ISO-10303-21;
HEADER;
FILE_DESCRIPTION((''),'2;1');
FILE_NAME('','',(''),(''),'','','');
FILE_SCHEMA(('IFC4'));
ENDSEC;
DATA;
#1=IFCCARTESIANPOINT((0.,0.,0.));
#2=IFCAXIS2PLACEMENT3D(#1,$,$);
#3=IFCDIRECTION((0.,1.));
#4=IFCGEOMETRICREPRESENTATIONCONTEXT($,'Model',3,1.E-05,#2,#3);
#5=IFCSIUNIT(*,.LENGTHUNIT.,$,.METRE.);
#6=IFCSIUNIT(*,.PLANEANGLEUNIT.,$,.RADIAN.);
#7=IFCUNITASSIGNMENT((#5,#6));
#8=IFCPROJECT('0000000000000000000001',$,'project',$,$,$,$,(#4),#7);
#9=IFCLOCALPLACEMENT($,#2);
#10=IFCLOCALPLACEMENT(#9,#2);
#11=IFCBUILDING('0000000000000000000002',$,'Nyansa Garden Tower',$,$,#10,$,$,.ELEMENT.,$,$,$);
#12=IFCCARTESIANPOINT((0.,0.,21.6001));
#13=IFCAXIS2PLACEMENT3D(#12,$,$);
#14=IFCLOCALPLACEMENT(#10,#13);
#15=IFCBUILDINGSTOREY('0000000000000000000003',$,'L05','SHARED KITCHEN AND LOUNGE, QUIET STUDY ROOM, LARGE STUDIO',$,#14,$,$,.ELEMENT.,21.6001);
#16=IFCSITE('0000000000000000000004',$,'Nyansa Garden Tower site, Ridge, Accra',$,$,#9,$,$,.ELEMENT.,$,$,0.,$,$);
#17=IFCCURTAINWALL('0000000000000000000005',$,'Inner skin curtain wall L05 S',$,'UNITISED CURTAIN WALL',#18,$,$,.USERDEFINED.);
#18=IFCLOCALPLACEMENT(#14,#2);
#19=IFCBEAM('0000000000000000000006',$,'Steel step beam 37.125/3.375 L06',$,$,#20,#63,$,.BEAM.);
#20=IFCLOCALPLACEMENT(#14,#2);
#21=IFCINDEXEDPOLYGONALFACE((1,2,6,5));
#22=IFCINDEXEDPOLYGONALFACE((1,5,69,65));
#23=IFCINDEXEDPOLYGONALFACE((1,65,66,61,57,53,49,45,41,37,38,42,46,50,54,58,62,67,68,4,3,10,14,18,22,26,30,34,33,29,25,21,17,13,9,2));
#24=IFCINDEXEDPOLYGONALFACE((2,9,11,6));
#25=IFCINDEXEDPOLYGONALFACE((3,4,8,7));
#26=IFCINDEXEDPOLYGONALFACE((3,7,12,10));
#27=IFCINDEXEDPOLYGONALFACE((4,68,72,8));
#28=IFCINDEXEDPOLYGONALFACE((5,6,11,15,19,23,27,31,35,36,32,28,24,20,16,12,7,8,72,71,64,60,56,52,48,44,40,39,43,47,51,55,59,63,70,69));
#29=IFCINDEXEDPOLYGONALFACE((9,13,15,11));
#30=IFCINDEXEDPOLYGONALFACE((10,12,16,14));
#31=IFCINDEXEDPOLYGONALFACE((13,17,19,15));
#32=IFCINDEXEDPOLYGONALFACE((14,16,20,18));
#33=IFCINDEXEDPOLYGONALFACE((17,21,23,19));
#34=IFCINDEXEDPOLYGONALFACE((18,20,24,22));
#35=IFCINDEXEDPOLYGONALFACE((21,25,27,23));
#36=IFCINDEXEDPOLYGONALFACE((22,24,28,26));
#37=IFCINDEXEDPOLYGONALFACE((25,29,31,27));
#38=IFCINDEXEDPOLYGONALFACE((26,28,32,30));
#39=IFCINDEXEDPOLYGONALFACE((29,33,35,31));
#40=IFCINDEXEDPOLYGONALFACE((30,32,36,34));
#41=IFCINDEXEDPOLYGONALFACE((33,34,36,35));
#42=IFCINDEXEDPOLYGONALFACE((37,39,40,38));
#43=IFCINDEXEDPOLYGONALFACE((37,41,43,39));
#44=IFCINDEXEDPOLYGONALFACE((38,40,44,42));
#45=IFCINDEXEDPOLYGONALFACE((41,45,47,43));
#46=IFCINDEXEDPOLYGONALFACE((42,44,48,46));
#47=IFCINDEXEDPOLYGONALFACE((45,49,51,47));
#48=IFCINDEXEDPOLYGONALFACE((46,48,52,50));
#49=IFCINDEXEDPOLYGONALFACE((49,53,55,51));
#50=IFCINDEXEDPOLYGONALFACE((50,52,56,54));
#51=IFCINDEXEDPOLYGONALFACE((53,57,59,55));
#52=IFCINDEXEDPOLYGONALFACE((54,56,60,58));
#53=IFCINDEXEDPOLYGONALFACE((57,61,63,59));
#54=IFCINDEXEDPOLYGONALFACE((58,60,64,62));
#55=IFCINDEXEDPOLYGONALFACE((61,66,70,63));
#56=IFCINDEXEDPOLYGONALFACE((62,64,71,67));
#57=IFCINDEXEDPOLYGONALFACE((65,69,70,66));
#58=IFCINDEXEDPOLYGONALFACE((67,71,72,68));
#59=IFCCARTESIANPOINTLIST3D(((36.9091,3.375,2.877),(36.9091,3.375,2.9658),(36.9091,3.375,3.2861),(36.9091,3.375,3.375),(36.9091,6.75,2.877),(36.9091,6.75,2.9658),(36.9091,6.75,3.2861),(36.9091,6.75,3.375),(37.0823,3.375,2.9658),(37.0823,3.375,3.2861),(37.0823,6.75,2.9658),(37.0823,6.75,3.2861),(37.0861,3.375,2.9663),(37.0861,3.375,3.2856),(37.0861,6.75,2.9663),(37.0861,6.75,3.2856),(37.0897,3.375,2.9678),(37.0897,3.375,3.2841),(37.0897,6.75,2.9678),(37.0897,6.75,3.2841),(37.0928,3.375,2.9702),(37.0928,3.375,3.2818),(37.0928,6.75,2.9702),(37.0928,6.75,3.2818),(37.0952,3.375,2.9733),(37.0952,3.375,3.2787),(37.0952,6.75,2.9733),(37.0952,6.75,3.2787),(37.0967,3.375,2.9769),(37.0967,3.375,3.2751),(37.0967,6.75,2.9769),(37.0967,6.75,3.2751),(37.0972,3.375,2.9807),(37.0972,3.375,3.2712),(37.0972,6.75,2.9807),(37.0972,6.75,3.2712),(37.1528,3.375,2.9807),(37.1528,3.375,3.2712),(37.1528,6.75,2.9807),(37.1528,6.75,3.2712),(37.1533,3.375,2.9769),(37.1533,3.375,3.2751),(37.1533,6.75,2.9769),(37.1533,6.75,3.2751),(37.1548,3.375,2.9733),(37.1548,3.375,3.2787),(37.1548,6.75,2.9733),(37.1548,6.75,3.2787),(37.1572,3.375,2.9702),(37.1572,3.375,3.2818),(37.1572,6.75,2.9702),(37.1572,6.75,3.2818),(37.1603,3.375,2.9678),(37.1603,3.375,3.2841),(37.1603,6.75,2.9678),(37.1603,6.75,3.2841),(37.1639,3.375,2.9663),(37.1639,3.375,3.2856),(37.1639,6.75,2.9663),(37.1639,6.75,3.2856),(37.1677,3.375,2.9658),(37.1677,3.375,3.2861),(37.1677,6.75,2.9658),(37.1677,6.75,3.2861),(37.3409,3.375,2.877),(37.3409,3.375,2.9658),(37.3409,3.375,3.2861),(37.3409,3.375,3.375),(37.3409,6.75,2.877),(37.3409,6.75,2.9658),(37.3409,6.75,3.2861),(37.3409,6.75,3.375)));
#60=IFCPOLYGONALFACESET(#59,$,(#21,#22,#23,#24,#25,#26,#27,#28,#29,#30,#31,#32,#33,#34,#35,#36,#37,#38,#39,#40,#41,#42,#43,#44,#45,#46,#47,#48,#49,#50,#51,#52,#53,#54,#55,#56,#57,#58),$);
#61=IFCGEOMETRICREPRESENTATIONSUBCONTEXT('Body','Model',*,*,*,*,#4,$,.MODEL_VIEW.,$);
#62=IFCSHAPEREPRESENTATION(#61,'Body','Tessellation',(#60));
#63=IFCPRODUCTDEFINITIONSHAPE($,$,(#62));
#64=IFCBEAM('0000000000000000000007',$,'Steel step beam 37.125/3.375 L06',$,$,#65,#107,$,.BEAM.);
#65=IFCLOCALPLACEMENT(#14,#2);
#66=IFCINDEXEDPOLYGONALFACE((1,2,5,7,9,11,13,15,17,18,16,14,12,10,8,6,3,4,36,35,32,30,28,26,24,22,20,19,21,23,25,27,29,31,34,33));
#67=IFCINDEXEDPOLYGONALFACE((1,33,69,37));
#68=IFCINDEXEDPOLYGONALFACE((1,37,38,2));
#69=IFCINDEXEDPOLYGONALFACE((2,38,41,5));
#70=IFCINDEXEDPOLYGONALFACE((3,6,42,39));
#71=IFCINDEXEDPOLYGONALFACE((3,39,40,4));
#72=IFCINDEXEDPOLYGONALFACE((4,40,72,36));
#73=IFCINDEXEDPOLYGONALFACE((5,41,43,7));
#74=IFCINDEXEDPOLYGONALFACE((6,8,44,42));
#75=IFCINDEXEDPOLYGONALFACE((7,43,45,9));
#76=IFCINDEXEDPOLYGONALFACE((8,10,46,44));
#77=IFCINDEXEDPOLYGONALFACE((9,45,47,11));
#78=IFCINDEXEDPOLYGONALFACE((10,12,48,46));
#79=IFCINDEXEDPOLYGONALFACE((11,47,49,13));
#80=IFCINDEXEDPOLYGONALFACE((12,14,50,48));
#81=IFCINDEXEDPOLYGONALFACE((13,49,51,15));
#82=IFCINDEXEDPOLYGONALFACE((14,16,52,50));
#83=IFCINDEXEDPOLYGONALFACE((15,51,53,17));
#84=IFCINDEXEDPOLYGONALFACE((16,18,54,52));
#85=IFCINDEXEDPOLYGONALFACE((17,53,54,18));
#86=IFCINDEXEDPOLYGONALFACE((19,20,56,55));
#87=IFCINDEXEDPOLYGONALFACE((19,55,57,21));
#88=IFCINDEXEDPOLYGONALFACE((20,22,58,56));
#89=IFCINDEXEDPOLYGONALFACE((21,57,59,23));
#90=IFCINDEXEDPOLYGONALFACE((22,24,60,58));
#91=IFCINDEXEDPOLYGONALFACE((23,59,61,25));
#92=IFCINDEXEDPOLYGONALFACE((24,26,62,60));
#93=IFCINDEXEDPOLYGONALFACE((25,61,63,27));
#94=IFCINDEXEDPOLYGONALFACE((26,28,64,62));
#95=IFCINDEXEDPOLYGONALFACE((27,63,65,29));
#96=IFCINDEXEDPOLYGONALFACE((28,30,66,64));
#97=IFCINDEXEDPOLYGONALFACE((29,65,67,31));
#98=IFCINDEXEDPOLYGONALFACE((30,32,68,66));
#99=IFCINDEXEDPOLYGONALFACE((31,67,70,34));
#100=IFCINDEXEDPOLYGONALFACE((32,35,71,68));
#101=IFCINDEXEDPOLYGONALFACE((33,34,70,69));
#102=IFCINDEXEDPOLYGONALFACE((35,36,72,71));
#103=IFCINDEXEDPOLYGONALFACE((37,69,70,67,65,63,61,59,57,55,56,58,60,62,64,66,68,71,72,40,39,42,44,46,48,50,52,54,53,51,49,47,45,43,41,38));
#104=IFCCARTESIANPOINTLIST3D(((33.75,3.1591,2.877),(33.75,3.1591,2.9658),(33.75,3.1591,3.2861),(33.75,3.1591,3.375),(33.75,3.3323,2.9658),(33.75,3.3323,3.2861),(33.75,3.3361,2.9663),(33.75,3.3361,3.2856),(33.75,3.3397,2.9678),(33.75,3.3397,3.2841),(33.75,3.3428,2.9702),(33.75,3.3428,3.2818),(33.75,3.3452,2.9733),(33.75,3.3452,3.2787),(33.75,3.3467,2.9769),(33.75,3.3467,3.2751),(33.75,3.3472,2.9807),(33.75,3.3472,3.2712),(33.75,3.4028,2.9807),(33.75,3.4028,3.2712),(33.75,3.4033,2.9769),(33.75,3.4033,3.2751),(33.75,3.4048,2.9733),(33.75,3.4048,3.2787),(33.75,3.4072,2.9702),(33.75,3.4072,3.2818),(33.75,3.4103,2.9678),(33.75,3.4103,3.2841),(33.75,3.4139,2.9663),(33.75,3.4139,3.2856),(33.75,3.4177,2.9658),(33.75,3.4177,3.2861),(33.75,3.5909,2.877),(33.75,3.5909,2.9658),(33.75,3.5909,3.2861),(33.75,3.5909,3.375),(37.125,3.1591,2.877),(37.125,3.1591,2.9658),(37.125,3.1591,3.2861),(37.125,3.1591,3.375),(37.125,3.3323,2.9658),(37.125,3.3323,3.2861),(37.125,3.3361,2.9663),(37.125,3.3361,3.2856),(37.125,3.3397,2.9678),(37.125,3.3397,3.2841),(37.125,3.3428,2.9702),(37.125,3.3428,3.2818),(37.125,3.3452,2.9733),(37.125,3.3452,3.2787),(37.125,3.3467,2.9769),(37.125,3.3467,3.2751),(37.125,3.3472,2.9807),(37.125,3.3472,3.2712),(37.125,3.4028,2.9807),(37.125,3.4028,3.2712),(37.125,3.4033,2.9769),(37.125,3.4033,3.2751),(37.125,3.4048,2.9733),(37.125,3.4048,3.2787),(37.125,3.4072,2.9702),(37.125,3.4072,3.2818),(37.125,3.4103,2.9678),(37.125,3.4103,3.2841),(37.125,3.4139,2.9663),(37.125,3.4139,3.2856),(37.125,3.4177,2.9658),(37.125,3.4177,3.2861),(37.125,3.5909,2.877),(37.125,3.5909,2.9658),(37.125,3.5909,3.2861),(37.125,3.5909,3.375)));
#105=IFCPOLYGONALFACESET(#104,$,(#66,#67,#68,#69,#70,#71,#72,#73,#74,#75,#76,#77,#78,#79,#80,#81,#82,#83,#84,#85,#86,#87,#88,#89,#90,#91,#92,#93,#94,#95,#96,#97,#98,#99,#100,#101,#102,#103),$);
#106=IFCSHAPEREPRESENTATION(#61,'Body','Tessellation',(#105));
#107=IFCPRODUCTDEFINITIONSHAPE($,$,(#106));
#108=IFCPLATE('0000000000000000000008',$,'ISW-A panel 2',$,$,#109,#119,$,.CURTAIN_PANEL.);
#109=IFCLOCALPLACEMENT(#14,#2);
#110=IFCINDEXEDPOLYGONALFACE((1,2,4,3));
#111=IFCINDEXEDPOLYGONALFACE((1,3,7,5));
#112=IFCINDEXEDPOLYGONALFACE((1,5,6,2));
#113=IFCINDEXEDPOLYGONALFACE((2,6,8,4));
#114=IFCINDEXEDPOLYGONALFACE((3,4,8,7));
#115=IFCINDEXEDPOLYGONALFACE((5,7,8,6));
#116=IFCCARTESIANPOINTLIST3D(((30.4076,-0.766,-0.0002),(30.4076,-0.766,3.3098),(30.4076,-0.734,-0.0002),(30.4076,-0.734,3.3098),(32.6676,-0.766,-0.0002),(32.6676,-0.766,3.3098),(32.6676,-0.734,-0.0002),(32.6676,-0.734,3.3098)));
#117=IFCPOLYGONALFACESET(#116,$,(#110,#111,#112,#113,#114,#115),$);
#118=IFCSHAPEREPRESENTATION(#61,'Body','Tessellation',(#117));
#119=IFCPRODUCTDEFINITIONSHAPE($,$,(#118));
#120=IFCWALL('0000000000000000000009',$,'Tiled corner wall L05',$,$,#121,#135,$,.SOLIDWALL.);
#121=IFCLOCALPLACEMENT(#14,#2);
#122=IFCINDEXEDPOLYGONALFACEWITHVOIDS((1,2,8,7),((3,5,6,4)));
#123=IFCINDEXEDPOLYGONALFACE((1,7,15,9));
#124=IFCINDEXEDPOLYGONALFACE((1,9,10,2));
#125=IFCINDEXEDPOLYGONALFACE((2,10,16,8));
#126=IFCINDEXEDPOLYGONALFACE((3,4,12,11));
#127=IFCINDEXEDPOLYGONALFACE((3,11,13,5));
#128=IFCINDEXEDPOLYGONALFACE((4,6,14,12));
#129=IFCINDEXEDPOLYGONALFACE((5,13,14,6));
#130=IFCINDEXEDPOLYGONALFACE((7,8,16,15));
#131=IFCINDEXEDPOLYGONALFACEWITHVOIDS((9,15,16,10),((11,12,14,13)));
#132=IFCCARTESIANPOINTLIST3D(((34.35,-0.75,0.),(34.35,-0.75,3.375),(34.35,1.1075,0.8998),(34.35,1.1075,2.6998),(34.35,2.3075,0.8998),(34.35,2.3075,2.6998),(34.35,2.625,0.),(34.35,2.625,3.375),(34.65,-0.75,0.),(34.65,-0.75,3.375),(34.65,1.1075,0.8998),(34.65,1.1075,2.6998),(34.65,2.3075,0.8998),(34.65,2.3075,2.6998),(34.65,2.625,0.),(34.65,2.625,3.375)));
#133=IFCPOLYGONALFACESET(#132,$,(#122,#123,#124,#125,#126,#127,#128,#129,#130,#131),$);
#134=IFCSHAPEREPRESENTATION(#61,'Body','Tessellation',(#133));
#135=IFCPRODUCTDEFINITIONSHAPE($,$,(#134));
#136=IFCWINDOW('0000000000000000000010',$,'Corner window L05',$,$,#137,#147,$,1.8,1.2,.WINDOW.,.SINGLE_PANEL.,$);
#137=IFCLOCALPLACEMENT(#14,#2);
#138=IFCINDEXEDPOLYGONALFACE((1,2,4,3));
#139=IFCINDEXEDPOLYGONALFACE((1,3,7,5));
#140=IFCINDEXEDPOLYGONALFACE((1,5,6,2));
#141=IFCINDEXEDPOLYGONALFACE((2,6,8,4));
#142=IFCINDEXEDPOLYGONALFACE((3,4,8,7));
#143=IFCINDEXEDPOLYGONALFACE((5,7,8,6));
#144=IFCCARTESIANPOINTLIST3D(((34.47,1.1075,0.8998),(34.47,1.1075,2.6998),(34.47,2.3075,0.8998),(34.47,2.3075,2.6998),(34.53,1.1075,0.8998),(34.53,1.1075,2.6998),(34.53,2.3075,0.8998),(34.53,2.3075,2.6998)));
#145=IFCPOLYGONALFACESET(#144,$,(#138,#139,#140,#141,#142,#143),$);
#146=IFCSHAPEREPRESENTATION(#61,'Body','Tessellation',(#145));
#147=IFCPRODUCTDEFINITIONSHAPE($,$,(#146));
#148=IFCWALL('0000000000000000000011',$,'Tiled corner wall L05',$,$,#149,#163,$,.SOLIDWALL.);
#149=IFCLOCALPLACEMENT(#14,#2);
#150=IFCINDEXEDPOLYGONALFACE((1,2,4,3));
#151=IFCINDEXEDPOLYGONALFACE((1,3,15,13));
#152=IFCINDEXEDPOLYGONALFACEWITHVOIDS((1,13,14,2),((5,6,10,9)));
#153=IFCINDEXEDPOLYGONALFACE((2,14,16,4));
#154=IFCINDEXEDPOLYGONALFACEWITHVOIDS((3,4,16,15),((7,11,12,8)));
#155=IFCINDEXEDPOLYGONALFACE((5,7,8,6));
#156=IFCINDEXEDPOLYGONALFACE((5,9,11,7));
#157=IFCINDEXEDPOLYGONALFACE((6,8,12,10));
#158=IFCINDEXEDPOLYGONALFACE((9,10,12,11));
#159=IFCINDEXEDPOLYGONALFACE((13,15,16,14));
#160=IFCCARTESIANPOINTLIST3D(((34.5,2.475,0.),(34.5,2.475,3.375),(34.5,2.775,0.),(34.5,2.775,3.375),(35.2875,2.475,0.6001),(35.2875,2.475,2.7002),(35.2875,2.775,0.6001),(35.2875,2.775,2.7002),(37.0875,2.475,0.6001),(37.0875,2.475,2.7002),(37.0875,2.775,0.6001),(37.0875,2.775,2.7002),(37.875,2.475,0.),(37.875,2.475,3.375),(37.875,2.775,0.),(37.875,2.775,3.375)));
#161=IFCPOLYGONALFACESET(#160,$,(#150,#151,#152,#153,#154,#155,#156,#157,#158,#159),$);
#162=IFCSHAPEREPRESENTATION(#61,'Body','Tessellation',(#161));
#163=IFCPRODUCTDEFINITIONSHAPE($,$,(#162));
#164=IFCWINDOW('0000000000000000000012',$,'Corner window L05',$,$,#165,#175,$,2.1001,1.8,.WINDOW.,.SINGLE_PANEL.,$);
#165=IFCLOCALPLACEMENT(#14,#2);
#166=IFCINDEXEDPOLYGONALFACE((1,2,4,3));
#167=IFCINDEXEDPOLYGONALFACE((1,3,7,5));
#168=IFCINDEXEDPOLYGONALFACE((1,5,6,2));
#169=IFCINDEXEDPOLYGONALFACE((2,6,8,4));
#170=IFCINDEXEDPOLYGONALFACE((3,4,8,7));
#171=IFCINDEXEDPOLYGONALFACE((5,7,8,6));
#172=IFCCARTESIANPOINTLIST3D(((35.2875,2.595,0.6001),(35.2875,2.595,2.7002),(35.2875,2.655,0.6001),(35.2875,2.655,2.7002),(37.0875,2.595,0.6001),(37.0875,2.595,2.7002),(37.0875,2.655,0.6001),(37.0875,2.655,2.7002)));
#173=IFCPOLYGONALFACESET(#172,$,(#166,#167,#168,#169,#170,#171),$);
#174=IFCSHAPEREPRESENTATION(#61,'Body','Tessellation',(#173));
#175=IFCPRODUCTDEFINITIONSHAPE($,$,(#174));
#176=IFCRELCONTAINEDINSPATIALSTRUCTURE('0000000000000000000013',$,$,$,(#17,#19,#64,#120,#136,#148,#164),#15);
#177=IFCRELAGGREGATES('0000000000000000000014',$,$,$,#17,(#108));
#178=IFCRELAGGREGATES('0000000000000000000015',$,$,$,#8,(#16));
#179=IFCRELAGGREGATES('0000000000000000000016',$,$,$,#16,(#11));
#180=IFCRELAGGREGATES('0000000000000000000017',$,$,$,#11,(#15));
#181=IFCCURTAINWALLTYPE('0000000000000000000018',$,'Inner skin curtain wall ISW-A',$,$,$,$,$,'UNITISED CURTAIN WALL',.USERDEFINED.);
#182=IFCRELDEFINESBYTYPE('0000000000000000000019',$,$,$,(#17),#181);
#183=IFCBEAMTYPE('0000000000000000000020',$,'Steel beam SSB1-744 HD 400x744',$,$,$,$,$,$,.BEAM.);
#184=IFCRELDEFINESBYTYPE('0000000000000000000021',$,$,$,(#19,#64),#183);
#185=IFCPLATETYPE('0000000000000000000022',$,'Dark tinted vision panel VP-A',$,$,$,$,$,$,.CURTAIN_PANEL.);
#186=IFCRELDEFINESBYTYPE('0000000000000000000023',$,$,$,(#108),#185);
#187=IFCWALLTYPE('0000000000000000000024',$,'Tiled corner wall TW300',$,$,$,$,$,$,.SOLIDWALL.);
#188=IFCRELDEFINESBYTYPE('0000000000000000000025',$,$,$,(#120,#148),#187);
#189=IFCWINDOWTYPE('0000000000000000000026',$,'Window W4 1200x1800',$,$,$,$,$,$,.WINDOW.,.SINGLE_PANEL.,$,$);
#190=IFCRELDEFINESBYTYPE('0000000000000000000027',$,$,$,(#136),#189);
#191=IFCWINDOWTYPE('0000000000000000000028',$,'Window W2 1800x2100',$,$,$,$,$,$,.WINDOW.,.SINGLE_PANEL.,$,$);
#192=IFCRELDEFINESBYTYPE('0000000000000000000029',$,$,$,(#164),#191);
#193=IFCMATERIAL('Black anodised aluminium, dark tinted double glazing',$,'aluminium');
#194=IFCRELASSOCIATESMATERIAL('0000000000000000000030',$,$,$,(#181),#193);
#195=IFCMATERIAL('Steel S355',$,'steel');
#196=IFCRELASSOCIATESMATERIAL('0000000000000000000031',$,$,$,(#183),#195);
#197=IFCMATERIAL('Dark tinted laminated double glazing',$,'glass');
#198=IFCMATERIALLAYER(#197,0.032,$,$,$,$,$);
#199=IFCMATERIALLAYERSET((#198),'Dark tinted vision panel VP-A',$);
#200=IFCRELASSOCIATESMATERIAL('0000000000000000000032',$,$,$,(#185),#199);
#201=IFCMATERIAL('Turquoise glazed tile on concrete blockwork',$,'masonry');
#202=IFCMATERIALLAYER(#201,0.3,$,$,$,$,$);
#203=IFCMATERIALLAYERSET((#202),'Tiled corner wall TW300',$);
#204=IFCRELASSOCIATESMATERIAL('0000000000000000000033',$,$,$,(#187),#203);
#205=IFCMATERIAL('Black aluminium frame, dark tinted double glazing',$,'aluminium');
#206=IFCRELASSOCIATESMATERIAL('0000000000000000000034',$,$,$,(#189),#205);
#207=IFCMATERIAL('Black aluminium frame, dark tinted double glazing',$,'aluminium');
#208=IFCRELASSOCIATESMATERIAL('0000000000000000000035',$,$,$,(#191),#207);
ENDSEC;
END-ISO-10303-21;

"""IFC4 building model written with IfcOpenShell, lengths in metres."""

from ifc_helpers import new_model, si_unit, direction, frame, frame_2d, origin, origin_2d, place, context, subcontext, project, spatial, rectangle, i_section, extrude, material, layer, layer_set, material_profile, profile_set, type_object, element, fill, aggregate, save


model = new_model("IFC4")

# Units and contexts
model_context = context("Model", 3, precision=1e-05, world=origin(), true_north=direction((0.0, 1.0)))
body_context = subcontext(model_context, "Body", "Model", "MODEL_VIEW")
ifc_project = project(units=[si_unit("LENGTHUNIT", "METRE"), si_unit("PLANEANGLEUNIT", "RADIAN")], contexts=[model_context])

# Site, building, storey
site_placement = place(None, origin())
site = spatial("IfcSite", under=ifc_project, at=site_placement, Name="Nyansa Garden Tower site, Ridge, Accra", CompositionType="ELEMENT", RefElevation=0.0)
building_placement = place(site_placement, origin())
building = spatial("IfcBuilding", under=site, at=building_placement, Name="Nyansa Garden Tower", CompositionType="ELEMENT")
storey_placement = place(building_placement, frame((0.0, 0.0, 21.6001)))
storey = spatial("IfcBuildingStorey", under=building, at=storey_placement, Name="L05", Description="SHARED KITCHEN AND LOUNGE, QUIET STUDY ROOM, LARGE STUDIO", CompositionType="ELEMENT", Elevation=21.6001)

# Curtain wall
ifc_material_1 = material(Name="Black anodised aluminium, dark tinted double glazing", Category="aluminium")
curtain_wall_type = type_object("IfcCurtainWallType", Name="Inner skin curtain wall ISW-A", ElementType="UNITISED CURTAIN WALL", PredefinedType="USERDEFINED", material=ifc_material_1)
curtain_wall_placement = place(storey_placement, origin())
curtain_wall = element("IfcCurtainWall", 1, at=curtain_wall_placement, inside=storey, type_object=curtain_wall_type, Name="Inner skin curtain wall L05 S", ObjectType="UNITISED CURTAIN WALL", PredefinedType="USERDEFINED")

# Beams
ifc_material_2 = material(Name="Steel S355", Category="steel")
ifc_material_profile_1 = material_profile(ifc_material_2, i_section(OverallWidth=0.4319, OverallDepth=0.498, WebThickness=0.0557, FlangeThickness=0.0889, FilletRadius=0.0149, at=origin_2d()), Name="HD 400x744")
ifc_profile_set_1 = profile_set([ifc_material_profile_1], Name="Steel S355")
beam_type_1 = type_object("IfcBeamType", Name="Steel beam SSB1-744 HD 400x744", PredefinedType="BEAM", material=ifc_profile_set_1)
for number, where, z_axis, x_axis, name in (
    (2, (37.125, 3.375, 3.126), (0.0, 1.0, 0.0), (-1.0, 0.0, 0.0), "Steel step beam 37.125/3.375 L06"),
    (3, (37.125, 3.375, 3.126), (-1.0, 0.0, 0.0), (0.0, -1.0, 0.0), "Steel step beam 37.125/3.375 L06"),
):
    element("IfcBeam", number, at=place(storey_placement, frame(where, z_axis=z_axis, x_axis=x_axis)), inside=storey, type_object=beam_type_1, Name=name, PredefinedType="BEAM", context=body_context, shape_type="SweptSolid", body=[
        extrude(i_section(OverallWidth=0.4319, OverallDepth=0.498, WebThickness=0.0557, FlangeThickness=0.0889, FilletRadius=0.0149, at=origin_2d()), origin(), (0.0, 0.0, 1.0), 3.375),
    ])

# Plate
ifc_material_3 = material(Name="Dark tinted laminated double glazing", Category="glass")
ifc_layer_1 = layer(ifc_material_3, 0.032)
ifc_layer_set_1 = layer_set([ifc_layer_1], Name="Dark tinted vision panel VP-A")
plate_type = type_object("IfcPlateType", Name="Dark tinted vision panel VP-A", PredefinedType="CURTAIN_PANEL", material=ifc_layer_set_1)
plate_placement = place(storey_placement, frame((31.5376, -0.75, -0.0002), z_axis=(0.0, 0.0, 1.0), x_axis=(1.0, 0.0, 0.0)))
plate = element("IfcPlate", 4, at=plate_placement, type_object=plate_type, Name="ISW-A panel 2", PredefinedType="CURTAIN_PANEL", context=body_context, shape_type="SweptSolid", body=[
    extrude(rectangle(XDim=2.26, YDim=0.032, at=origin_2d()), origin(), (0.0, 0.0, 1.0), 3.3101),
])
aggregate(curtain_wall, [plate])

# Walls, openings, windows
ifc_material_4 = material(Name="Turquoise glazed tile on concrete blockwork", Category="masonry")
ifc_layer_2 = layer(ifc_material_4, 0.3)
ifc_layer_set_2 = layer_set([ifc_layer_2], Name="Tiled corner wall TW300")
wall_type = type_object("IfcWallType", Name="Tiled corner wall TW300", PredefinedType="SOLIDWALL", material=ifc_layer_set_2)
wall_1_placement = place(storey_placement, frame((34.5, -0.75, 0.0), z_axis=(0.0, 0.0, 1.0), x_axis=(0.0, 1.0, 0.0)))
wall_1 = element("IfcWall", 5, at=wall_1_placement, inside=storey, type_object=wall_type, Name="Tiled corner wall L05", PredefinedType="SOLIDWALL", context=body_context, shape_type="SweptSolid", body=[
    extrude(rectangle(XDim=3.375, YDim=0.3, at=frame_2d((1.6875, 0.0))), origin(), (0.0, 0.0, 1.0), 3.375),
])
opening_1_placement = place(wall_1_placement, frame((1.8574, 0.0, 0.8999)))
opening_1 = element("IfcOpeningElement", 6, at=opening_1_placement, cuts=wall_1, PredefinedType="OPENING", context=body_context, shape_type="SweptSolid", body=[
    extrude(rectangle(XDim=1.2, YDim=1.8, at=frame_2d((0.6001, 0.8999))), frame((0.0, 0.1599, 0.0), z_axis=(0.0, -1.0, 0.0), x_axis=(1.0, 0.0, 0.0)), (0.0, 0.0, 1.0), 0.3201),
])
ifc_material_5 = material(Name="Black aluminium frame, dark tinted double glazing", Category="aluminium")
window_type_1 = type_object("IfcWindowType", Name="Window W4 1200x1800", PartitioningType="SINGLE_PANEL", PredefinedType="WINDOW", material=ifc_material_5)
window_1_placement = place(opening_1_placement, origin())
window_1 = element("IfcWindow", 7, at=window_1_placement, inside=storey, type_object=window_type_1, Name="Corner window L05", OverallHeight=1.8, OverallWidth=1.2, PartitioningType="SINGLE_PANEL", PredefinedType="WINDOW", context=body_context, shape_type="SweptSolid", body=[
    extrude(rectangle(XDim=1.2, YDim=1.8, at=frame_2d((0.6001, 0.8999))), frame((0.0, 0.03, 0.0), z_axis=(0.0, -1.0, 0.0), x_axis=(1.0, 0.0, 0.0)), (0.0, 0.0, 1.0), 0.0601),
])
fill(opening_1, window_1)
wall_2_placement = place(storey_placement, frame((34.5, 2.625, 0.0), z_axis=(0.0, 0.0, 1.0), x_axis=(1.0, 0.0, 0.0)))
wall_2 = element("IfcWall", 8, at=wall_2_placement, inside=storey, type_object=wall_type, Name="Tiled corner wall L05", PredefinedType="SOLIDWALL", context=body_context, shape_type="SweptSolid", body=[
    extrude(rectangle(XDim=3.375, YDim=0.3, at=frame_2d((1.6875, 0.0))), origin(), (0.0, 0.0, 1.0), 3.375),
])
opening_2_placement = place(wall_2_placement, frame((0.7876, 0.0, 0.6001)))
opening_2 = element("IfcOpeningElement", 9, at=opening_2_placement, cuts=wall_2, PredefinedType="OPENING", context=body_context, shape_type="SweptSolid", body=[
    extrude(rectangle(XDim=1.8, YDim=2.1001, at=frame_2d((0.8999, 1.05))), frame((0.0, 0.1599, 0.0), z_axis=(0.0, -1.0, 0.0), x_axis=(1.0, 0.0, 0.0)), (0.0, 0.0, 1.0), 0.3201),
])
ifc_material_6 = material(Name="Black aluminium frame, dark tinted double glazing", Category="aluminium")
window_type_2 = type_object("IfcWindowType", Name="Window W2 1800x2100", PartitioningType="SINGLE_PANEL", PredefinedType="WINDOW", material=ifc_material_6)
window_2_placement = place(opening_2_placement, origin())
window_2 = element("IfcWindow", 10, at=window_2_placement, inside=storey, type_object=window_type_2, Name="Corner window L05", OverallHeight=2.1001, OverallWidth=1.8, PartitioningType="SINGLE_PANEL", PredefinedType="WINDOW", context=body_context, shape_type="SweptSolid", body=[
    extrude(rectangle(XDim=1.8, YDim=2.1001, at=frame_2d((0.8999, 1.05))), frame((0.0, 0.03, 0.0), z_axis=(0.0, -1.0, 0.0), x_axis=(1.0, 0.0, 0.0)), (0.0, 0.0, 1.0), 0.0601),
])
fill(opening_2, window_2)

save(model, "model.ifc")
